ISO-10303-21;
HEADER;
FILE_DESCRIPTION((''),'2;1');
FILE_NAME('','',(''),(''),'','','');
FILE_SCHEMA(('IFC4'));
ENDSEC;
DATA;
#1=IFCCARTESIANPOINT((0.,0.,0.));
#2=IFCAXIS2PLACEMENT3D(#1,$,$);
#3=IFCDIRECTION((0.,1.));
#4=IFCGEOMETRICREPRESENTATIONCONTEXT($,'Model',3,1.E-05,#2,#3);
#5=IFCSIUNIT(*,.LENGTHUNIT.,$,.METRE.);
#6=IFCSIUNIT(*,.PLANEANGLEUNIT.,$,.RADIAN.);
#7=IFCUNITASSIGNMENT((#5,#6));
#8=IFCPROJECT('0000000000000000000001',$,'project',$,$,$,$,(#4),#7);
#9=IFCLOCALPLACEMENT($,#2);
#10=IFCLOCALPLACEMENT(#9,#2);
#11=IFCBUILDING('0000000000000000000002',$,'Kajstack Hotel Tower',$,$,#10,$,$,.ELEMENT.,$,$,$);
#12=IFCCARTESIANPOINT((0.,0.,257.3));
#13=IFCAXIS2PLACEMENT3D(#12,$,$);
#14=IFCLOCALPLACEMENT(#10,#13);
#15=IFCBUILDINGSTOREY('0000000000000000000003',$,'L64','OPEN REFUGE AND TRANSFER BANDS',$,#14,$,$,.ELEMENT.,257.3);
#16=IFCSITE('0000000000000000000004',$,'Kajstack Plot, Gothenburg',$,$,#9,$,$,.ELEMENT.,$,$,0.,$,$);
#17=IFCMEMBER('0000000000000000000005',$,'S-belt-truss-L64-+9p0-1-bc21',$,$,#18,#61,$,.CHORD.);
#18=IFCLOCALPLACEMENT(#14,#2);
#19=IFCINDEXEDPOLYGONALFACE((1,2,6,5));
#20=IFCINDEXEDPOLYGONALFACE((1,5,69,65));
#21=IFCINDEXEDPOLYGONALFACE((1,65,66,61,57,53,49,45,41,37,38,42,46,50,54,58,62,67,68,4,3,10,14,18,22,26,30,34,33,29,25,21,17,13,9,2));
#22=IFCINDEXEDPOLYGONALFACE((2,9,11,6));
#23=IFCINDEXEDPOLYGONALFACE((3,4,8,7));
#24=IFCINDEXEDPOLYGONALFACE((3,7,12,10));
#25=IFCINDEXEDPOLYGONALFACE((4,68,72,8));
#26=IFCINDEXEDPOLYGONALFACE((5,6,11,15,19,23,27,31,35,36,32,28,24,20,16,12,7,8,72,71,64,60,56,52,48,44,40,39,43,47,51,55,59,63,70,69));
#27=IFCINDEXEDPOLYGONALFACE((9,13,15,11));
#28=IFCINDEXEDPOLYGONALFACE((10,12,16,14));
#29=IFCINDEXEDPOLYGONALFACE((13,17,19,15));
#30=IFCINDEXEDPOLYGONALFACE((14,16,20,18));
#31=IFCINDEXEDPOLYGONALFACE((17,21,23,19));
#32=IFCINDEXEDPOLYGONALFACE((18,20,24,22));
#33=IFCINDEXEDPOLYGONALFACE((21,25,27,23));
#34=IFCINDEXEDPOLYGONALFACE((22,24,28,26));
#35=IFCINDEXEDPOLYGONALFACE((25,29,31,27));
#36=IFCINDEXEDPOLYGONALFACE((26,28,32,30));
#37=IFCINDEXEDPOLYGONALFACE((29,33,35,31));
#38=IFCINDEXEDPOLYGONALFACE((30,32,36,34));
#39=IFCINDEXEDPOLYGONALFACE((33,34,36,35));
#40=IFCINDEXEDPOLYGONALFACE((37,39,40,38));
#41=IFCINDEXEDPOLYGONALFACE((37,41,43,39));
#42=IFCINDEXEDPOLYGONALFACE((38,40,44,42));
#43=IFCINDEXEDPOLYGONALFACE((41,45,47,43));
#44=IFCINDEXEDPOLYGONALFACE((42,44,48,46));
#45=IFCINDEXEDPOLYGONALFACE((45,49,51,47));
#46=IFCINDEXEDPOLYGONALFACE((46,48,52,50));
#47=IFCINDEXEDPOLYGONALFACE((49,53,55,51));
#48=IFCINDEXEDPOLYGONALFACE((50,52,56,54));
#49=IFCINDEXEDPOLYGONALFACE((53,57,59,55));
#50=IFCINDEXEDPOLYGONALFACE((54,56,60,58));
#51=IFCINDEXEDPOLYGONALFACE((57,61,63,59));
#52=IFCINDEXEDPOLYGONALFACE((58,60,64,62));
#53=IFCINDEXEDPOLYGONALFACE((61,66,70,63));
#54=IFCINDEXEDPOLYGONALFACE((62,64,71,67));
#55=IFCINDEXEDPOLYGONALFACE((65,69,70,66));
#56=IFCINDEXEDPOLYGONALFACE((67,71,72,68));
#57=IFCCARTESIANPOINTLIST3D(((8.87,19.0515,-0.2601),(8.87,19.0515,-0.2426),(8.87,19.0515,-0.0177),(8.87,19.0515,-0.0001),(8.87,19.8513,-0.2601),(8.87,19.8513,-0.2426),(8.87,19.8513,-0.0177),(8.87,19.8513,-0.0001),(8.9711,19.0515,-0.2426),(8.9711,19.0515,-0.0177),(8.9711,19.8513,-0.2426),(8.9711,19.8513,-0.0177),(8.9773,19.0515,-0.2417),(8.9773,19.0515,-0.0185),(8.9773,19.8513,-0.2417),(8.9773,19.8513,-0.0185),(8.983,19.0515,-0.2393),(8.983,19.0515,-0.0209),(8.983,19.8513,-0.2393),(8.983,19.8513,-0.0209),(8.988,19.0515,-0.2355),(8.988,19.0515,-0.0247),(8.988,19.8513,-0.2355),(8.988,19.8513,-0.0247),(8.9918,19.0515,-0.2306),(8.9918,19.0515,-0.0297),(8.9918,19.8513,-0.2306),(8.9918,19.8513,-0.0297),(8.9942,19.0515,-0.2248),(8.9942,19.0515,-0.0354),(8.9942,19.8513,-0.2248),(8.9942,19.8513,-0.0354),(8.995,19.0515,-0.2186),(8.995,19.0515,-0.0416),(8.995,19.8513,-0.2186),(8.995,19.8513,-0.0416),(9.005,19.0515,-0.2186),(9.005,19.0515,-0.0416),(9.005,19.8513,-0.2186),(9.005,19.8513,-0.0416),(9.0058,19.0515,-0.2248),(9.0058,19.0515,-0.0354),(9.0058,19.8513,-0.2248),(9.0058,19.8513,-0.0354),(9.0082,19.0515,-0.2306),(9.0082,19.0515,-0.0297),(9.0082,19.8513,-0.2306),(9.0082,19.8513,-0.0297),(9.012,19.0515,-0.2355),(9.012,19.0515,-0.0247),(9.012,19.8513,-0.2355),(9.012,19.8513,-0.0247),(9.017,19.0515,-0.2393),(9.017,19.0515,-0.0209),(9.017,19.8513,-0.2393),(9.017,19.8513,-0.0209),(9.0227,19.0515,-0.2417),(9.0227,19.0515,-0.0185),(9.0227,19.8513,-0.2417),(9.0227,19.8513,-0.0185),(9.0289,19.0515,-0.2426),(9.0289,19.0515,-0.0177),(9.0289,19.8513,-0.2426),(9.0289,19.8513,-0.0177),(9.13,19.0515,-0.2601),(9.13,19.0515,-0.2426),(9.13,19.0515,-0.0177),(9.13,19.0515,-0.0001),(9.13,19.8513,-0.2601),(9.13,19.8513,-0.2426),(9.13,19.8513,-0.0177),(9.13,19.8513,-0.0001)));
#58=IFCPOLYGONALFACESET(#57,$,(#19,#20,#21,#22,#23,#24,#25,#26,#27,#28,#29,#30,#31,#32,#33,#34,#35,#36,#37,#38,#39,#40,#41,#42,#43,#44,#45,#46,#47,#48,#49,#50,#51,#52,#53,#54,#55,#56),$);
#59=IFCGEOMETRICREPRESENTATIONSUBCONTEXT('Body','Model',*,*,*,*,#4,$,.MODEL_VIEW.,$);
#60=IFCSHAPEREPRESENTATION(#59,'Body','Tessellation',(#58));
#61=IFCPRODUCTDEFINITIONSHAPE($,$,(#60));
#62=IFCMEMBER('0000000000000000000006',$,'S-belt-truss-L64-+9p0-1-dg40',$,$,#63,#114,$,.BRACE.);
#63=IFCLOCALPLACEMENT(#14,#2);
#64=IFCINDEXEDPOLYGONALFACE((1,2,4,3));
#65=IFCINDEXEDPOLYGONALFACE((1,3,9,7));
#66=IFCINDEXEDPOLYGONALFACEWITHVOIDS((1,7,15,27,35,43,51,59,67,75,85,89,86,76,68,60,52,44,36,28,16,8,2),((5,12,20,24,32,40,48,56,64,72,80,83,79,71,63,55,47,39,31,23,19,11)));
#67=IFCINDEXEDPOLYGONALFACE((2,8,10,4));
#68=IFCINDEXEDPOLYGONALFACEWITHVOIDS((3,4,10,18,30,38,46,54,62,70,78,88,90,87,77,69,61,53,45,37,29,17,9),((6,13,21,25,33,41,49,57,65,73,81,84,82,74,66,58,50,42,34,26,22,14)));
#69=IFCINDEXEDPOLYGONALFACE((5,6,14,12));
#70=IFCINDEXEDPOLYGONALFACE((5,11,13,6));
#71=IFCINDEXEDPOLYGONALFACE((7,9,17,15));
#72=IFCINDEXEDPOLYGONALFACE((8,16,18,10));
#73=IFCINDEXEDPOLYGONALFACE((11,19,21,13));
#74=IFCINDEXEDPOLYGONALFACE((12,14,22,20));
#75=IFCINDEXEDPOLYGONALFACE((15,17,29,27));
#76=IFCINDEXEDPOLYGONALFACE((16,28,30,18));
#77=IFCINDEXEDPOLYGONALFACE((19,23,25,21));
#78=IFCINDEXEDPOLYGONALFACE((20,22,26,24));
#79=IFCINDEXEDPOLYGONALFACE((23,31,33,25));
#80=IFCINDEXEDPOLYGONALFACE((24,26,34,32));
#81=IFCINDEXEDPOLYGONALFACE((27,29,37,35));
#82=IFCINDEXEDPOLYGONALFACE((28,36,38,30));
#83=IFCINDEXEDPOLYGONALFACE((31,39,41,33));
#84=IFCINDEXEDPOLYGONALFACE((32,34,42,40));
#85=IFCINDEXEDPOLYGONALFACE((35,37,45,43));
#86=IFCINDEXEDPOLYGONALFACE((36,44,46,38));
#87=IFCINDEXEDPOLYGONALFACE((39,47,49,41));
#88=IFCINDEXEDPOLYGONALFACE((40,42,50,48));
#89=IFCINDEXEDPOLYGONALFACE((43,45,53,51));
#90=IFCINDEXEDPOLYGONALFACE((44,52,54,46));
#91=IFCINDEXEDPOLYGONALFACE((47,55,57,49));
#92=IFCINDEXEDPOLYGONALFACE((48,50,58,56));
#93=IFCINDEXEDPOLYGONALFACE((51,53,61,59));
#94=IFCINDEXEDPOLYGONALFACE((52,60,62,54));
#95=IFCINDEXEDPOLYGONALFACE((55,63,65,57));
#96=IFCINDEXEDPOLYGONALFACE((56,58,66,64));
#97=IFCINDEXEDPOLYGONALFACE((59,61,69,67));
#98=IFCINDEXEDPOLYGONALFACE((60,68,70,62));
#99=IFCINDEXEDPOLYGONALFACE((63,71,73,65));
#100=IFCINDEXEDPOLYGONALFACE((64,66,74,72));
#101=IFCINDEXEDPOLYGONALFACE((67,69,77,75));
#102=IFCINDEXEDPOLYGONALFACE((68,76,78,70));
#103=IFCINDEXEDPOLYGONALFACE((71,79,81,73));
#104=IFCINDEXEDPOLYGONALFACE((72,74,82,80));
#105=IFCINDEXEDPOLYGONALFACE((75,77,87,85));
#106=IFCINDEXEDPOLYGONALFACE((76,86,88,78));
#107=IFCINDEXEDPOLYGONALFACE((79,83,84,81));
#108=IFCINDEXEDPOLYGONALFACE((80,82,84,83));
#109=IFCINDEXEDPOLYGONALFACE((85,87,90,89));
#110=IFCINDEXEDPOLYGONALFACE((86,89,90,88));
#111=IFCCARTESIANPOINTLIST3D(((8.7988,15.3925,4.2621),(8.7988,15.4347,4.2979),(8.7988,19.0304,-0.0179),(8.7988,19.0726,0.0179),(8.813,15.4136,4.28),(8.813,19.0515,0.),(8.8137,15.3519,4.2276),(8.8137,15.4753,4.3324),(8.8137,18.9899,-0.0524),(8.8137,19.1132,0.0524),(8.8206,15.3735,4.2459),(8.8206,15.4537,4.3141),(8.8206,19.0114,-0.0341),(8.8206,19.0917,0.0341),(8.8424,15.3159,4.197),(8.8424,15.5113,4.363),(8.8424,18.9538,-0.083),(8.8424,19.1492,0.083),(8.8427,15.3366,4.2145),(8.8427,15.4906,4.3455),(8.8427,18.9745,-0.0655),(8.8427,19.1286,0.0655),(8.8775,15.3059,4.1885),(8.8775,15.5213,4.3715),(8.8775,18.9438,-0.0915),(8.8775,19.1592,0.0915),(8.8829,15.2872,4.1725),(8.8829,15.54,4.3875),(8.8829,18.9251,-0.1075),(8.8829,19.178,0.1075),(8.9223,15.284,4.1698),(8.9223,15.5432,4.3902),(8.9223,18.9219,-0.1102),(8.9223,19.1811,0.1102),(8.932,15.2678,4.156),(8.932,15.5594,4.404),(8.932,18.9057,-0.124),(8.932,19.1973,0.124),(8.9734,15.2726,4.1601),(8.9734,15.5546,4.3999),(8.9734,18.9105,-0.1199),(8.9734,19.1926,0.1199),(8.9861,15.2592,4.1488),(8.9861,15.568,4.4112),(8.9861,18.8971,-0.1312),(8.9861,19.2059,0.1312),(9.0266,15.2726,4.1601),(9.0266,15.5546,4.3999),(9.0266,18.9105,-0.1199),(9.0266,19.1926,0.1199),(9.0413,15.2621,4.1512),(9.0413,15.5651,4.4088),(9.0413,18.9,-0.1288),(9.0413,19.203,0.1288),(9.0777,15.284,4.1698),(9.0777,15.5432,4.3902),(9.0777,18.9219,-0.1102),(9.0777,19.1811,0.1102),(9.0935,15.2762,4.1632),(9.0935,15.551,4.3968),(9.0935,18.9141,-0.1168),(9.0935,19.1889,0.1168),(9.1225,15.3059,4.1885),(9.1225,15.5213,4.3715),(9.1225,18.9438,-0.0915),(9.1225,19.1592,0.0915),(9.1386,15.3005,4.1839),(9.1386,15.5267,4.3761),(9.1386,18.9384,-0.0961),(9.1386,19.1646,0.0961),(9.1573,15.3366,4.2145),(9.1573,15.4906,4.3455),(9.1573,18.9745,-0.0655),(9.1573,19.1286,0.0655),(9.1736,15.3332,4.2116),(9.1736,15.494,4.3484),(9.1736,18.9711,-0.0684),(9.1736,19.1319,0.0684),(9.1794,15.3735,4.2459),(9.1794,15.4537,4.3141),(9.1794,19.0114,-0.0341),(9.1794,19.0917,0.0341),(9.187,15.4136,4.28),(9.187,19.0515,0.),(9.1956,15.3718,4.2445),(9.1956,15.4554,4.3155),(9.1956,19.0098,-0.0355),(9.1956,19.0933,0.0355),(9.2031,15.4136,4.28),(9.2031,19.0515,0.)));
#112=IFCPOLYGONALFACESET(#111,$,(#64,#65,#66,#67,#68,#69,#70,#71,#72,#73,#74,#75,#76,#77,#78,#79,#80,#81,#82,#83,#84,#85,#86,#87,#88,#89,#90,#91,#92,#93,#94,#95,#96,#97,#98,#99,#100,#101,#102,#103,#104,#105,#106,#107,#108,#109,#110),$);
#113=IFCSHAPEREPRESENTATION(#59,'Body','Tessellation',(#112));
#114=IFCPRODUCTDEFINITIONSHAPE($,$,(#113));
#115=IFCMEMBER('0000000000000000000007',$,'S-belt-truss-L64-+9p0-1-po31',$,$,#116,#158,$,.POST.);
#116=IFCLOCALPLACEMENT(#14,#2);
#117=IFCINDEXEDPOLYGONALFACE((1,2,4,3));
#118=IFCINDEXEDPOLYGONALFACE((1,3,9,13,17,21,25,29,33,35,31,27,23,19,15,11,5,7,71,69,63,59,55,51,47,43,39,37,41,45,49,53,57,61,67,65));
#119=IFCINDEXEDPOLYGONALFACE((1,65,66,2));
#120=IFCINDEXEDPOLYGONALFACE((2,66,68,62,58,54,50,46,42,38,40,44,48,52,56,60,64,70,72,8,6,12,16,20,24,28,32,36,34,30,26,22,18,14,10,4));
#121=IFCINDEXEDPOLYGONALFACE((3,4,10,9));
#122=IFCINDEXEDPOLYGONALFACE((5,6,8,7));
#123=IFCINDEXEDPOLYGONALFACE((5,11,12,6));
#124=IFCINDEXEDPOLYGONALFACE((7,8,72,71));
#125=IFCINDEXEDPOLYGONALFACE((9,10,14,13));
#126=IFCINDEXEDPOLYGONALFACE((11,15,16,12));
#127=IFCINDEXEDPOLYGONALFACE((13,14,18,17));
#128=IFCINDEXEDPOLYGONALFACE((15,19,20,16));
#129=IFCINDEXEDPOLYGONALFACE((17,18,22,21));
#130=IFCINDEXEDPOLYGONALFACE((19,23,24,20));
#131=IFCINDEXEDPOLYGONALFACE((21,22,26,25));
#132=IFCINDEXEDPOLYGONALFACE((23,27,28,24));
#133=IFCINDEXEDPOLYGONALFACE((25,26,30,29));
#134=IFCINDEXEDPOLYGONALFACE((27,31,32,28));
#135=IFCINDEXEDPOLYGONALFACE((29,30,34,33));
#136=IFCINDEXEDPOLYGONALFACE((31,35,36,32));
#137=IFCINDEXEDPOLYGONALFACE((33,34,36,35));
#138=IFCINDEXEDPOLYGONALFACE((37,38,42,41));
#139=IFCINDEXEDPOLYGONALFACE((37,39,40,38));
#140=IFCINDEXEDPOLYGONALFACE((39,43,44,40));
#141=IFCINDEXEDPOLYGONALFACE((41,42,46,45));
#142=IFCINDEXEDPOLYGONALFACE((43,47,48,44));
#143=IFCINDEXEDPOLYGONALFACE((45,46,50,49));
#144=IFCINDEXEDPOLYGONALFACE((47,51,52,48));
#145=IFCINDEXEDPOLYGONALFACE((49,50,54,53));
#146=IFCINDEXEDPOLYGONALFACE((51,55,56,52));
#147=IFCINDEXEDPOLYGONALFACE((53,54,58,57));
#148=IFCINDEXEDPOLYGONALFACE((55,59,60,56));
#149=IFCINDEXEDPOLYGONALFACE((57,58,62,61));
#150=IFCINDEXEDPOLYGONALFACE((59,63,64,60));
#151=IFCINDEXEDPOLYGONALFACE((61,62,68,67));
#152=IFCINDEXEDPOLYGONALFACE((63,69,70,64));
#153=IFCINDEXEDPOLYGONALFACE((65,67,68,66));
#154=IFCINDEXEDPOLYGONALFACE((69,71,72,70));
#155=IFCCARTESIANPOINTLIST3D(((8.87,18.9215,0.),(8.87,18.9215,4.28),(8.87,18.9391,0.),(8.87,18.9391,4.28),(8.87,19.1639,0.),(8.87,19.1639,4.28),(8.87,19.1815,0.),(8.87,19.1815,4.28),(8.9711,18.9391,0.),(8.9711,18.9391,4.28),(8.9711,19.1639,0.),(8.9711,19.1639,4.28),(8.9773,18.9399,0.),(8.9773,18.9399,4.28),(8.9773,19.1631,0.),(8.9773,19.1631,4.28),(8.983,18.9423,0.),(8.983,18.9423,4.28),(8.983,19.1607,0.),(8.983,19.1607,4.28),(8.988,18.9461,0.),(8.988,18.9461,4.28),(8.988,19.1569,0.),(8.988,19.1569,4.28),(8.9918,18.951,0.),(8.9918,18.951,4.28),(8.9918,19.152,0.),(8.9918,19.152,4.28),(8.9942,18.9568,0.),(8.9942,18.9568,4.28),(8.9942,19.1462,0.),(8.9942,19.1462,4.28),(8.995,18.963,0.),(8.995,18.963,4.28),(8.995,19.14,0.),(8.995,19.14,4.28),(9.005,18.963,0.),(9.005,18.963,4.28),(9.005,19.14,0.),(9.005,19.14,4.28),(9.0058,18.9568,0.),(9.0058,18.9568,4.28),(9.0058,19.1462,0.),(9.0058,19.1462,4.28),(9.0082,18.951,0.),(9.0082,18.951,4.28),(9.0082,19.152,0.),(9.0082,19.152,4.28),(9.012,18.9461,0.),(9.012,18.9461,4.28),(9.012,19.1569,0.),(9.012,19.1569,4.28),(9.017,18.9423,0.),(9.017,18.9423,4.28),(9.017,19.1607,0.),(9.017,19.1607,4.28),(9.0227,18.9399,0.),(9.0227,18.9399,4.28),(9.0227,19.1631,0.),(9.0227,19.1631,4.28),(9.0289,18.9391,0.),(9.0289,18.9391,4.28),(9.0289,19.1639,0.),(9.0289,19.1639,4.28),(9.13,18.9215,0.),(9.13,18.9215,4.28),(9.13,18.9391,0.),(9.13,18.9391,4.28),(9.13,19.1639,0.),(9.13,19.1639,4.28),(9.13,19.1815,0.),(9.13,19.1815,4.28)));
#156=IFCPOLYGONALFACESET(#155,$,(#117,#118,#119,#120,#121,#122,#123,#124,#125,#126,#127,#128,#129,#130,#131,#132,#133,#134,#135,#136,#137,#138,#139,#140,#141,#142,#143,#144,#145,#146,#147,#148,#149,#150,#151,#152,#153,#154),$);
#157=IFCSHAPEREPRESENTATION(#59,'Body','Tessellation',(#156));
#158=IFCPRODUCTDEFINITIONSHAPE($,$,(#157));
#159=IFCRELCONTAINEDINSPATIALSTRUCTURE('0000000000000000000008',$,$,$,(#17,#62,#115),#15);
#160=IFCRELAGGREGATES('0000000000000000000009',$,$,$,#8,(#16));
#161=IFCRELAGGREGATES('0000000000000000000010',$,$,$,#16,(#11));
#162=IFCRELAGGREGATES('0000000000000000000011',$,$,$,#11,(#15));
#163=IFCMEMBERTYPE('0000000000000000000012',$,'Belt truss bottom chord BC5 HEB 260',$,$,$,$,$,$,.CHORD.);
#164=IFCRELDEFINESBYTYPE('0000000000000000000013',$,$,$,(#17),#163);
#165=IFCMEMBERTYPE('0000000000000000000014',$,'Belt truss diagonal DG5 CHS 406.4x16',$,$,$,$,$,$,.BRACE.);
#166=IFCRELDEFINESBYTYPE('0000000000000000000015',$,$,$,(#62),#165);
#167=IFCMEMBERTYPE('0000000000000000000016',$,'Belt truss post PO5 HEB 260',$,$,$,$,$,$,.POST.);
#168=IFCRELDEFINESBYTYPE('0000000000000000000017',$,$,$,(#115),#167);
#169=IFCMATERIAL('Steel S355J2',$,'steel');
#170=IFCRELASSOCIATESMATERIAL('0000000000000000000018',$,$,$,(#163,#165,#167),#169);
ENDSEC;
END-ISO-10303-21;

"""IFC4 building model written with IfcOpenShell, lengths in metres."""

from ifc_helpers import new_model, si_unit, direction, frame, origin, origin_2d, place, context, subcontext, project, spatial, hollow_circle, i_section, extrude, material, material_profile, profile_set, type_object, element, save


model = new_model("IFC4")

# Units and contexts
model_context = context("Model", 3, precision=1e-05, world=origin(), true_north=direction((0.0, 1.0)))
body_context = subcontext(model_context, "Body", "Model", "MODEL_VIEW")
ifc_project = project(units=[si_unit("LENGTHUNIT", "METRE"), si_unit("PLANEANGLEUNIT", "RADIAN")], contexts=[model_context])

# Site, building, storey
site_placement = place(None, origin())
site = spatial("IfcSite", under=ifc_project, at=site_placement, Name="Kajstack Plot, Gothenburg", CompositionType="ELEMENT", RefElevation=0.0)
building_placement = place(site_placement, origin())
building = spatial("IfcBuilding", under=site, at=building_placement, Name="Kajstack Hotel Tower", CompositionType="ELEMENT")
storey_placement = place(building_placement, frame((0.0, 0.0, 257.3)))
storey = spatial("IfcBuildingStorey", under=building, at=storey_placement, Name="L64", Description="OPEN REFUGE AND TRANSFER BANDS", CompositionType="ELEMENT", Elevation=257.3)

# Members
ifc_material_1 = material(Name="Steel S355J2", Category="steel")
ifc_material_profile_1 = material_profile(ifc_material_1, i_section(OverallWidth=0.26, OverallDepth=0.26, WebThickness=0.01, FlangeThickness=0.0176, FilletRadius=0.0239, at=origin_2d()), Name="HEB 260")
ifc_profile_set_1 = profile_set([ifc_material_profile_1], Name="Steel S355J2")
member_type_1 = type_object("IfcMemberType", Name="Belt truss bottom chord BC5 HEB 260", PredefinedType="CHORD", material=ifc_profile_set_1)
member_1_placement = place(storey_placement, frame((9.0, 19.0515, -0.1301), z_axis=(0.0, 1.0, 0.0), x_axis=(-1.0, 0.0, 0.0)))
element("IfcMember", 1, at=member_1_placement, inside=storey, type_object=member_type_1, Name="S-belt-truss-L64-+9p0-1-bc21", PredefinedType="CHORD", context=body_context, shape_type="SweptSolid", body=[
    extrude(i_section(OverallWidth=0.26, OverallDepth=0.26, WebThickness=0.01, FlangeThickness=0.0176, FilletRadius=0.0239, at=origin_2d()), origin(), (0.0, 0.0, 1.0), 0.7998),
])
ifc_material_profile_2 = material_profile(ifc_material_1, hollow_circle(Radius=0.2031, WallThickness=0.0161, at=origin_2d()), Name="CHS 406.4x16")
ifc_profile_set_2 = profile_set([ifc_material_profile_2], Name="Steel S355J2")
member_type_2 = type_object("IfcMemberType", Name="Belt truss diagonal DG5 CHS 406.4x16", PredefinedType="BRACE", material=ifc_profile_set_2)
member_2_placement = place(storey_placement, frame((9.0, 19.0515, 0.0), z_axis=(0.0, -0.64764, 0.761947), x_axis=(1.0, 0.0, 0.0)))
element("IfcMember", 2, at=member_2_placement, inside=storey, type_object=member_type_2, Name="S-belt-truss-L64-+9p0-1-dg40", PredefinedType="BRACE", context=body_context, shape_type="SweptSolid", body=[
    extrude(hollow_circle(Radius=0.2031, WallThickness=0.0161, at=origin_2d()), origin(), (0.0, 0.0, 1.0), 5.6172),
])
ifc_material_profile_3 = material_profile(ifc_material_1, i_section(OverallWidth=0.26, OverallDepth=0.26, WebThickness=0.01, FlangeThickness=0.0176, FilletRadius=0.0239, at=origin_2d()), Name="HEB 260")
ifc_profile_set_3 = profile_set([ifc_material_profile_3], Name="Steel S355J2")
member_type_3 = type_object("IfcMemberType", Name="Belt truss post PO5 HEB 260", PredefinedType="POST", material=ifc_profile_set_3)
for number, where, z_axis, x_axis, name in (
    (3, (9.0, 19.0515, 0.0), (0.0, 0.0, 1.0), (1.0, 0.0, 0.0), "S-belt-truss-L64-+9p0-1-po31"),
):
    element("IfcMember", number, at=place(storey_placement, frame(where, z_axis=z_axis, x_axis=x_axis)), inside=storey, type_object=member_type_3, Name=name, PredefinedType="POST", context=body_context, shape_type="SweptSolid", body=[
        extrude(i_section(OverallWidth=0.26, OverallDepth=0.26, WebThickness=0.01, FlangeThickness=0.0176, FilletRadius=0.0239, at=origin_2d()), origin(), (0.0, 0.0, 1.0), 4.28),
    ])

save(model, "model.ifc")
